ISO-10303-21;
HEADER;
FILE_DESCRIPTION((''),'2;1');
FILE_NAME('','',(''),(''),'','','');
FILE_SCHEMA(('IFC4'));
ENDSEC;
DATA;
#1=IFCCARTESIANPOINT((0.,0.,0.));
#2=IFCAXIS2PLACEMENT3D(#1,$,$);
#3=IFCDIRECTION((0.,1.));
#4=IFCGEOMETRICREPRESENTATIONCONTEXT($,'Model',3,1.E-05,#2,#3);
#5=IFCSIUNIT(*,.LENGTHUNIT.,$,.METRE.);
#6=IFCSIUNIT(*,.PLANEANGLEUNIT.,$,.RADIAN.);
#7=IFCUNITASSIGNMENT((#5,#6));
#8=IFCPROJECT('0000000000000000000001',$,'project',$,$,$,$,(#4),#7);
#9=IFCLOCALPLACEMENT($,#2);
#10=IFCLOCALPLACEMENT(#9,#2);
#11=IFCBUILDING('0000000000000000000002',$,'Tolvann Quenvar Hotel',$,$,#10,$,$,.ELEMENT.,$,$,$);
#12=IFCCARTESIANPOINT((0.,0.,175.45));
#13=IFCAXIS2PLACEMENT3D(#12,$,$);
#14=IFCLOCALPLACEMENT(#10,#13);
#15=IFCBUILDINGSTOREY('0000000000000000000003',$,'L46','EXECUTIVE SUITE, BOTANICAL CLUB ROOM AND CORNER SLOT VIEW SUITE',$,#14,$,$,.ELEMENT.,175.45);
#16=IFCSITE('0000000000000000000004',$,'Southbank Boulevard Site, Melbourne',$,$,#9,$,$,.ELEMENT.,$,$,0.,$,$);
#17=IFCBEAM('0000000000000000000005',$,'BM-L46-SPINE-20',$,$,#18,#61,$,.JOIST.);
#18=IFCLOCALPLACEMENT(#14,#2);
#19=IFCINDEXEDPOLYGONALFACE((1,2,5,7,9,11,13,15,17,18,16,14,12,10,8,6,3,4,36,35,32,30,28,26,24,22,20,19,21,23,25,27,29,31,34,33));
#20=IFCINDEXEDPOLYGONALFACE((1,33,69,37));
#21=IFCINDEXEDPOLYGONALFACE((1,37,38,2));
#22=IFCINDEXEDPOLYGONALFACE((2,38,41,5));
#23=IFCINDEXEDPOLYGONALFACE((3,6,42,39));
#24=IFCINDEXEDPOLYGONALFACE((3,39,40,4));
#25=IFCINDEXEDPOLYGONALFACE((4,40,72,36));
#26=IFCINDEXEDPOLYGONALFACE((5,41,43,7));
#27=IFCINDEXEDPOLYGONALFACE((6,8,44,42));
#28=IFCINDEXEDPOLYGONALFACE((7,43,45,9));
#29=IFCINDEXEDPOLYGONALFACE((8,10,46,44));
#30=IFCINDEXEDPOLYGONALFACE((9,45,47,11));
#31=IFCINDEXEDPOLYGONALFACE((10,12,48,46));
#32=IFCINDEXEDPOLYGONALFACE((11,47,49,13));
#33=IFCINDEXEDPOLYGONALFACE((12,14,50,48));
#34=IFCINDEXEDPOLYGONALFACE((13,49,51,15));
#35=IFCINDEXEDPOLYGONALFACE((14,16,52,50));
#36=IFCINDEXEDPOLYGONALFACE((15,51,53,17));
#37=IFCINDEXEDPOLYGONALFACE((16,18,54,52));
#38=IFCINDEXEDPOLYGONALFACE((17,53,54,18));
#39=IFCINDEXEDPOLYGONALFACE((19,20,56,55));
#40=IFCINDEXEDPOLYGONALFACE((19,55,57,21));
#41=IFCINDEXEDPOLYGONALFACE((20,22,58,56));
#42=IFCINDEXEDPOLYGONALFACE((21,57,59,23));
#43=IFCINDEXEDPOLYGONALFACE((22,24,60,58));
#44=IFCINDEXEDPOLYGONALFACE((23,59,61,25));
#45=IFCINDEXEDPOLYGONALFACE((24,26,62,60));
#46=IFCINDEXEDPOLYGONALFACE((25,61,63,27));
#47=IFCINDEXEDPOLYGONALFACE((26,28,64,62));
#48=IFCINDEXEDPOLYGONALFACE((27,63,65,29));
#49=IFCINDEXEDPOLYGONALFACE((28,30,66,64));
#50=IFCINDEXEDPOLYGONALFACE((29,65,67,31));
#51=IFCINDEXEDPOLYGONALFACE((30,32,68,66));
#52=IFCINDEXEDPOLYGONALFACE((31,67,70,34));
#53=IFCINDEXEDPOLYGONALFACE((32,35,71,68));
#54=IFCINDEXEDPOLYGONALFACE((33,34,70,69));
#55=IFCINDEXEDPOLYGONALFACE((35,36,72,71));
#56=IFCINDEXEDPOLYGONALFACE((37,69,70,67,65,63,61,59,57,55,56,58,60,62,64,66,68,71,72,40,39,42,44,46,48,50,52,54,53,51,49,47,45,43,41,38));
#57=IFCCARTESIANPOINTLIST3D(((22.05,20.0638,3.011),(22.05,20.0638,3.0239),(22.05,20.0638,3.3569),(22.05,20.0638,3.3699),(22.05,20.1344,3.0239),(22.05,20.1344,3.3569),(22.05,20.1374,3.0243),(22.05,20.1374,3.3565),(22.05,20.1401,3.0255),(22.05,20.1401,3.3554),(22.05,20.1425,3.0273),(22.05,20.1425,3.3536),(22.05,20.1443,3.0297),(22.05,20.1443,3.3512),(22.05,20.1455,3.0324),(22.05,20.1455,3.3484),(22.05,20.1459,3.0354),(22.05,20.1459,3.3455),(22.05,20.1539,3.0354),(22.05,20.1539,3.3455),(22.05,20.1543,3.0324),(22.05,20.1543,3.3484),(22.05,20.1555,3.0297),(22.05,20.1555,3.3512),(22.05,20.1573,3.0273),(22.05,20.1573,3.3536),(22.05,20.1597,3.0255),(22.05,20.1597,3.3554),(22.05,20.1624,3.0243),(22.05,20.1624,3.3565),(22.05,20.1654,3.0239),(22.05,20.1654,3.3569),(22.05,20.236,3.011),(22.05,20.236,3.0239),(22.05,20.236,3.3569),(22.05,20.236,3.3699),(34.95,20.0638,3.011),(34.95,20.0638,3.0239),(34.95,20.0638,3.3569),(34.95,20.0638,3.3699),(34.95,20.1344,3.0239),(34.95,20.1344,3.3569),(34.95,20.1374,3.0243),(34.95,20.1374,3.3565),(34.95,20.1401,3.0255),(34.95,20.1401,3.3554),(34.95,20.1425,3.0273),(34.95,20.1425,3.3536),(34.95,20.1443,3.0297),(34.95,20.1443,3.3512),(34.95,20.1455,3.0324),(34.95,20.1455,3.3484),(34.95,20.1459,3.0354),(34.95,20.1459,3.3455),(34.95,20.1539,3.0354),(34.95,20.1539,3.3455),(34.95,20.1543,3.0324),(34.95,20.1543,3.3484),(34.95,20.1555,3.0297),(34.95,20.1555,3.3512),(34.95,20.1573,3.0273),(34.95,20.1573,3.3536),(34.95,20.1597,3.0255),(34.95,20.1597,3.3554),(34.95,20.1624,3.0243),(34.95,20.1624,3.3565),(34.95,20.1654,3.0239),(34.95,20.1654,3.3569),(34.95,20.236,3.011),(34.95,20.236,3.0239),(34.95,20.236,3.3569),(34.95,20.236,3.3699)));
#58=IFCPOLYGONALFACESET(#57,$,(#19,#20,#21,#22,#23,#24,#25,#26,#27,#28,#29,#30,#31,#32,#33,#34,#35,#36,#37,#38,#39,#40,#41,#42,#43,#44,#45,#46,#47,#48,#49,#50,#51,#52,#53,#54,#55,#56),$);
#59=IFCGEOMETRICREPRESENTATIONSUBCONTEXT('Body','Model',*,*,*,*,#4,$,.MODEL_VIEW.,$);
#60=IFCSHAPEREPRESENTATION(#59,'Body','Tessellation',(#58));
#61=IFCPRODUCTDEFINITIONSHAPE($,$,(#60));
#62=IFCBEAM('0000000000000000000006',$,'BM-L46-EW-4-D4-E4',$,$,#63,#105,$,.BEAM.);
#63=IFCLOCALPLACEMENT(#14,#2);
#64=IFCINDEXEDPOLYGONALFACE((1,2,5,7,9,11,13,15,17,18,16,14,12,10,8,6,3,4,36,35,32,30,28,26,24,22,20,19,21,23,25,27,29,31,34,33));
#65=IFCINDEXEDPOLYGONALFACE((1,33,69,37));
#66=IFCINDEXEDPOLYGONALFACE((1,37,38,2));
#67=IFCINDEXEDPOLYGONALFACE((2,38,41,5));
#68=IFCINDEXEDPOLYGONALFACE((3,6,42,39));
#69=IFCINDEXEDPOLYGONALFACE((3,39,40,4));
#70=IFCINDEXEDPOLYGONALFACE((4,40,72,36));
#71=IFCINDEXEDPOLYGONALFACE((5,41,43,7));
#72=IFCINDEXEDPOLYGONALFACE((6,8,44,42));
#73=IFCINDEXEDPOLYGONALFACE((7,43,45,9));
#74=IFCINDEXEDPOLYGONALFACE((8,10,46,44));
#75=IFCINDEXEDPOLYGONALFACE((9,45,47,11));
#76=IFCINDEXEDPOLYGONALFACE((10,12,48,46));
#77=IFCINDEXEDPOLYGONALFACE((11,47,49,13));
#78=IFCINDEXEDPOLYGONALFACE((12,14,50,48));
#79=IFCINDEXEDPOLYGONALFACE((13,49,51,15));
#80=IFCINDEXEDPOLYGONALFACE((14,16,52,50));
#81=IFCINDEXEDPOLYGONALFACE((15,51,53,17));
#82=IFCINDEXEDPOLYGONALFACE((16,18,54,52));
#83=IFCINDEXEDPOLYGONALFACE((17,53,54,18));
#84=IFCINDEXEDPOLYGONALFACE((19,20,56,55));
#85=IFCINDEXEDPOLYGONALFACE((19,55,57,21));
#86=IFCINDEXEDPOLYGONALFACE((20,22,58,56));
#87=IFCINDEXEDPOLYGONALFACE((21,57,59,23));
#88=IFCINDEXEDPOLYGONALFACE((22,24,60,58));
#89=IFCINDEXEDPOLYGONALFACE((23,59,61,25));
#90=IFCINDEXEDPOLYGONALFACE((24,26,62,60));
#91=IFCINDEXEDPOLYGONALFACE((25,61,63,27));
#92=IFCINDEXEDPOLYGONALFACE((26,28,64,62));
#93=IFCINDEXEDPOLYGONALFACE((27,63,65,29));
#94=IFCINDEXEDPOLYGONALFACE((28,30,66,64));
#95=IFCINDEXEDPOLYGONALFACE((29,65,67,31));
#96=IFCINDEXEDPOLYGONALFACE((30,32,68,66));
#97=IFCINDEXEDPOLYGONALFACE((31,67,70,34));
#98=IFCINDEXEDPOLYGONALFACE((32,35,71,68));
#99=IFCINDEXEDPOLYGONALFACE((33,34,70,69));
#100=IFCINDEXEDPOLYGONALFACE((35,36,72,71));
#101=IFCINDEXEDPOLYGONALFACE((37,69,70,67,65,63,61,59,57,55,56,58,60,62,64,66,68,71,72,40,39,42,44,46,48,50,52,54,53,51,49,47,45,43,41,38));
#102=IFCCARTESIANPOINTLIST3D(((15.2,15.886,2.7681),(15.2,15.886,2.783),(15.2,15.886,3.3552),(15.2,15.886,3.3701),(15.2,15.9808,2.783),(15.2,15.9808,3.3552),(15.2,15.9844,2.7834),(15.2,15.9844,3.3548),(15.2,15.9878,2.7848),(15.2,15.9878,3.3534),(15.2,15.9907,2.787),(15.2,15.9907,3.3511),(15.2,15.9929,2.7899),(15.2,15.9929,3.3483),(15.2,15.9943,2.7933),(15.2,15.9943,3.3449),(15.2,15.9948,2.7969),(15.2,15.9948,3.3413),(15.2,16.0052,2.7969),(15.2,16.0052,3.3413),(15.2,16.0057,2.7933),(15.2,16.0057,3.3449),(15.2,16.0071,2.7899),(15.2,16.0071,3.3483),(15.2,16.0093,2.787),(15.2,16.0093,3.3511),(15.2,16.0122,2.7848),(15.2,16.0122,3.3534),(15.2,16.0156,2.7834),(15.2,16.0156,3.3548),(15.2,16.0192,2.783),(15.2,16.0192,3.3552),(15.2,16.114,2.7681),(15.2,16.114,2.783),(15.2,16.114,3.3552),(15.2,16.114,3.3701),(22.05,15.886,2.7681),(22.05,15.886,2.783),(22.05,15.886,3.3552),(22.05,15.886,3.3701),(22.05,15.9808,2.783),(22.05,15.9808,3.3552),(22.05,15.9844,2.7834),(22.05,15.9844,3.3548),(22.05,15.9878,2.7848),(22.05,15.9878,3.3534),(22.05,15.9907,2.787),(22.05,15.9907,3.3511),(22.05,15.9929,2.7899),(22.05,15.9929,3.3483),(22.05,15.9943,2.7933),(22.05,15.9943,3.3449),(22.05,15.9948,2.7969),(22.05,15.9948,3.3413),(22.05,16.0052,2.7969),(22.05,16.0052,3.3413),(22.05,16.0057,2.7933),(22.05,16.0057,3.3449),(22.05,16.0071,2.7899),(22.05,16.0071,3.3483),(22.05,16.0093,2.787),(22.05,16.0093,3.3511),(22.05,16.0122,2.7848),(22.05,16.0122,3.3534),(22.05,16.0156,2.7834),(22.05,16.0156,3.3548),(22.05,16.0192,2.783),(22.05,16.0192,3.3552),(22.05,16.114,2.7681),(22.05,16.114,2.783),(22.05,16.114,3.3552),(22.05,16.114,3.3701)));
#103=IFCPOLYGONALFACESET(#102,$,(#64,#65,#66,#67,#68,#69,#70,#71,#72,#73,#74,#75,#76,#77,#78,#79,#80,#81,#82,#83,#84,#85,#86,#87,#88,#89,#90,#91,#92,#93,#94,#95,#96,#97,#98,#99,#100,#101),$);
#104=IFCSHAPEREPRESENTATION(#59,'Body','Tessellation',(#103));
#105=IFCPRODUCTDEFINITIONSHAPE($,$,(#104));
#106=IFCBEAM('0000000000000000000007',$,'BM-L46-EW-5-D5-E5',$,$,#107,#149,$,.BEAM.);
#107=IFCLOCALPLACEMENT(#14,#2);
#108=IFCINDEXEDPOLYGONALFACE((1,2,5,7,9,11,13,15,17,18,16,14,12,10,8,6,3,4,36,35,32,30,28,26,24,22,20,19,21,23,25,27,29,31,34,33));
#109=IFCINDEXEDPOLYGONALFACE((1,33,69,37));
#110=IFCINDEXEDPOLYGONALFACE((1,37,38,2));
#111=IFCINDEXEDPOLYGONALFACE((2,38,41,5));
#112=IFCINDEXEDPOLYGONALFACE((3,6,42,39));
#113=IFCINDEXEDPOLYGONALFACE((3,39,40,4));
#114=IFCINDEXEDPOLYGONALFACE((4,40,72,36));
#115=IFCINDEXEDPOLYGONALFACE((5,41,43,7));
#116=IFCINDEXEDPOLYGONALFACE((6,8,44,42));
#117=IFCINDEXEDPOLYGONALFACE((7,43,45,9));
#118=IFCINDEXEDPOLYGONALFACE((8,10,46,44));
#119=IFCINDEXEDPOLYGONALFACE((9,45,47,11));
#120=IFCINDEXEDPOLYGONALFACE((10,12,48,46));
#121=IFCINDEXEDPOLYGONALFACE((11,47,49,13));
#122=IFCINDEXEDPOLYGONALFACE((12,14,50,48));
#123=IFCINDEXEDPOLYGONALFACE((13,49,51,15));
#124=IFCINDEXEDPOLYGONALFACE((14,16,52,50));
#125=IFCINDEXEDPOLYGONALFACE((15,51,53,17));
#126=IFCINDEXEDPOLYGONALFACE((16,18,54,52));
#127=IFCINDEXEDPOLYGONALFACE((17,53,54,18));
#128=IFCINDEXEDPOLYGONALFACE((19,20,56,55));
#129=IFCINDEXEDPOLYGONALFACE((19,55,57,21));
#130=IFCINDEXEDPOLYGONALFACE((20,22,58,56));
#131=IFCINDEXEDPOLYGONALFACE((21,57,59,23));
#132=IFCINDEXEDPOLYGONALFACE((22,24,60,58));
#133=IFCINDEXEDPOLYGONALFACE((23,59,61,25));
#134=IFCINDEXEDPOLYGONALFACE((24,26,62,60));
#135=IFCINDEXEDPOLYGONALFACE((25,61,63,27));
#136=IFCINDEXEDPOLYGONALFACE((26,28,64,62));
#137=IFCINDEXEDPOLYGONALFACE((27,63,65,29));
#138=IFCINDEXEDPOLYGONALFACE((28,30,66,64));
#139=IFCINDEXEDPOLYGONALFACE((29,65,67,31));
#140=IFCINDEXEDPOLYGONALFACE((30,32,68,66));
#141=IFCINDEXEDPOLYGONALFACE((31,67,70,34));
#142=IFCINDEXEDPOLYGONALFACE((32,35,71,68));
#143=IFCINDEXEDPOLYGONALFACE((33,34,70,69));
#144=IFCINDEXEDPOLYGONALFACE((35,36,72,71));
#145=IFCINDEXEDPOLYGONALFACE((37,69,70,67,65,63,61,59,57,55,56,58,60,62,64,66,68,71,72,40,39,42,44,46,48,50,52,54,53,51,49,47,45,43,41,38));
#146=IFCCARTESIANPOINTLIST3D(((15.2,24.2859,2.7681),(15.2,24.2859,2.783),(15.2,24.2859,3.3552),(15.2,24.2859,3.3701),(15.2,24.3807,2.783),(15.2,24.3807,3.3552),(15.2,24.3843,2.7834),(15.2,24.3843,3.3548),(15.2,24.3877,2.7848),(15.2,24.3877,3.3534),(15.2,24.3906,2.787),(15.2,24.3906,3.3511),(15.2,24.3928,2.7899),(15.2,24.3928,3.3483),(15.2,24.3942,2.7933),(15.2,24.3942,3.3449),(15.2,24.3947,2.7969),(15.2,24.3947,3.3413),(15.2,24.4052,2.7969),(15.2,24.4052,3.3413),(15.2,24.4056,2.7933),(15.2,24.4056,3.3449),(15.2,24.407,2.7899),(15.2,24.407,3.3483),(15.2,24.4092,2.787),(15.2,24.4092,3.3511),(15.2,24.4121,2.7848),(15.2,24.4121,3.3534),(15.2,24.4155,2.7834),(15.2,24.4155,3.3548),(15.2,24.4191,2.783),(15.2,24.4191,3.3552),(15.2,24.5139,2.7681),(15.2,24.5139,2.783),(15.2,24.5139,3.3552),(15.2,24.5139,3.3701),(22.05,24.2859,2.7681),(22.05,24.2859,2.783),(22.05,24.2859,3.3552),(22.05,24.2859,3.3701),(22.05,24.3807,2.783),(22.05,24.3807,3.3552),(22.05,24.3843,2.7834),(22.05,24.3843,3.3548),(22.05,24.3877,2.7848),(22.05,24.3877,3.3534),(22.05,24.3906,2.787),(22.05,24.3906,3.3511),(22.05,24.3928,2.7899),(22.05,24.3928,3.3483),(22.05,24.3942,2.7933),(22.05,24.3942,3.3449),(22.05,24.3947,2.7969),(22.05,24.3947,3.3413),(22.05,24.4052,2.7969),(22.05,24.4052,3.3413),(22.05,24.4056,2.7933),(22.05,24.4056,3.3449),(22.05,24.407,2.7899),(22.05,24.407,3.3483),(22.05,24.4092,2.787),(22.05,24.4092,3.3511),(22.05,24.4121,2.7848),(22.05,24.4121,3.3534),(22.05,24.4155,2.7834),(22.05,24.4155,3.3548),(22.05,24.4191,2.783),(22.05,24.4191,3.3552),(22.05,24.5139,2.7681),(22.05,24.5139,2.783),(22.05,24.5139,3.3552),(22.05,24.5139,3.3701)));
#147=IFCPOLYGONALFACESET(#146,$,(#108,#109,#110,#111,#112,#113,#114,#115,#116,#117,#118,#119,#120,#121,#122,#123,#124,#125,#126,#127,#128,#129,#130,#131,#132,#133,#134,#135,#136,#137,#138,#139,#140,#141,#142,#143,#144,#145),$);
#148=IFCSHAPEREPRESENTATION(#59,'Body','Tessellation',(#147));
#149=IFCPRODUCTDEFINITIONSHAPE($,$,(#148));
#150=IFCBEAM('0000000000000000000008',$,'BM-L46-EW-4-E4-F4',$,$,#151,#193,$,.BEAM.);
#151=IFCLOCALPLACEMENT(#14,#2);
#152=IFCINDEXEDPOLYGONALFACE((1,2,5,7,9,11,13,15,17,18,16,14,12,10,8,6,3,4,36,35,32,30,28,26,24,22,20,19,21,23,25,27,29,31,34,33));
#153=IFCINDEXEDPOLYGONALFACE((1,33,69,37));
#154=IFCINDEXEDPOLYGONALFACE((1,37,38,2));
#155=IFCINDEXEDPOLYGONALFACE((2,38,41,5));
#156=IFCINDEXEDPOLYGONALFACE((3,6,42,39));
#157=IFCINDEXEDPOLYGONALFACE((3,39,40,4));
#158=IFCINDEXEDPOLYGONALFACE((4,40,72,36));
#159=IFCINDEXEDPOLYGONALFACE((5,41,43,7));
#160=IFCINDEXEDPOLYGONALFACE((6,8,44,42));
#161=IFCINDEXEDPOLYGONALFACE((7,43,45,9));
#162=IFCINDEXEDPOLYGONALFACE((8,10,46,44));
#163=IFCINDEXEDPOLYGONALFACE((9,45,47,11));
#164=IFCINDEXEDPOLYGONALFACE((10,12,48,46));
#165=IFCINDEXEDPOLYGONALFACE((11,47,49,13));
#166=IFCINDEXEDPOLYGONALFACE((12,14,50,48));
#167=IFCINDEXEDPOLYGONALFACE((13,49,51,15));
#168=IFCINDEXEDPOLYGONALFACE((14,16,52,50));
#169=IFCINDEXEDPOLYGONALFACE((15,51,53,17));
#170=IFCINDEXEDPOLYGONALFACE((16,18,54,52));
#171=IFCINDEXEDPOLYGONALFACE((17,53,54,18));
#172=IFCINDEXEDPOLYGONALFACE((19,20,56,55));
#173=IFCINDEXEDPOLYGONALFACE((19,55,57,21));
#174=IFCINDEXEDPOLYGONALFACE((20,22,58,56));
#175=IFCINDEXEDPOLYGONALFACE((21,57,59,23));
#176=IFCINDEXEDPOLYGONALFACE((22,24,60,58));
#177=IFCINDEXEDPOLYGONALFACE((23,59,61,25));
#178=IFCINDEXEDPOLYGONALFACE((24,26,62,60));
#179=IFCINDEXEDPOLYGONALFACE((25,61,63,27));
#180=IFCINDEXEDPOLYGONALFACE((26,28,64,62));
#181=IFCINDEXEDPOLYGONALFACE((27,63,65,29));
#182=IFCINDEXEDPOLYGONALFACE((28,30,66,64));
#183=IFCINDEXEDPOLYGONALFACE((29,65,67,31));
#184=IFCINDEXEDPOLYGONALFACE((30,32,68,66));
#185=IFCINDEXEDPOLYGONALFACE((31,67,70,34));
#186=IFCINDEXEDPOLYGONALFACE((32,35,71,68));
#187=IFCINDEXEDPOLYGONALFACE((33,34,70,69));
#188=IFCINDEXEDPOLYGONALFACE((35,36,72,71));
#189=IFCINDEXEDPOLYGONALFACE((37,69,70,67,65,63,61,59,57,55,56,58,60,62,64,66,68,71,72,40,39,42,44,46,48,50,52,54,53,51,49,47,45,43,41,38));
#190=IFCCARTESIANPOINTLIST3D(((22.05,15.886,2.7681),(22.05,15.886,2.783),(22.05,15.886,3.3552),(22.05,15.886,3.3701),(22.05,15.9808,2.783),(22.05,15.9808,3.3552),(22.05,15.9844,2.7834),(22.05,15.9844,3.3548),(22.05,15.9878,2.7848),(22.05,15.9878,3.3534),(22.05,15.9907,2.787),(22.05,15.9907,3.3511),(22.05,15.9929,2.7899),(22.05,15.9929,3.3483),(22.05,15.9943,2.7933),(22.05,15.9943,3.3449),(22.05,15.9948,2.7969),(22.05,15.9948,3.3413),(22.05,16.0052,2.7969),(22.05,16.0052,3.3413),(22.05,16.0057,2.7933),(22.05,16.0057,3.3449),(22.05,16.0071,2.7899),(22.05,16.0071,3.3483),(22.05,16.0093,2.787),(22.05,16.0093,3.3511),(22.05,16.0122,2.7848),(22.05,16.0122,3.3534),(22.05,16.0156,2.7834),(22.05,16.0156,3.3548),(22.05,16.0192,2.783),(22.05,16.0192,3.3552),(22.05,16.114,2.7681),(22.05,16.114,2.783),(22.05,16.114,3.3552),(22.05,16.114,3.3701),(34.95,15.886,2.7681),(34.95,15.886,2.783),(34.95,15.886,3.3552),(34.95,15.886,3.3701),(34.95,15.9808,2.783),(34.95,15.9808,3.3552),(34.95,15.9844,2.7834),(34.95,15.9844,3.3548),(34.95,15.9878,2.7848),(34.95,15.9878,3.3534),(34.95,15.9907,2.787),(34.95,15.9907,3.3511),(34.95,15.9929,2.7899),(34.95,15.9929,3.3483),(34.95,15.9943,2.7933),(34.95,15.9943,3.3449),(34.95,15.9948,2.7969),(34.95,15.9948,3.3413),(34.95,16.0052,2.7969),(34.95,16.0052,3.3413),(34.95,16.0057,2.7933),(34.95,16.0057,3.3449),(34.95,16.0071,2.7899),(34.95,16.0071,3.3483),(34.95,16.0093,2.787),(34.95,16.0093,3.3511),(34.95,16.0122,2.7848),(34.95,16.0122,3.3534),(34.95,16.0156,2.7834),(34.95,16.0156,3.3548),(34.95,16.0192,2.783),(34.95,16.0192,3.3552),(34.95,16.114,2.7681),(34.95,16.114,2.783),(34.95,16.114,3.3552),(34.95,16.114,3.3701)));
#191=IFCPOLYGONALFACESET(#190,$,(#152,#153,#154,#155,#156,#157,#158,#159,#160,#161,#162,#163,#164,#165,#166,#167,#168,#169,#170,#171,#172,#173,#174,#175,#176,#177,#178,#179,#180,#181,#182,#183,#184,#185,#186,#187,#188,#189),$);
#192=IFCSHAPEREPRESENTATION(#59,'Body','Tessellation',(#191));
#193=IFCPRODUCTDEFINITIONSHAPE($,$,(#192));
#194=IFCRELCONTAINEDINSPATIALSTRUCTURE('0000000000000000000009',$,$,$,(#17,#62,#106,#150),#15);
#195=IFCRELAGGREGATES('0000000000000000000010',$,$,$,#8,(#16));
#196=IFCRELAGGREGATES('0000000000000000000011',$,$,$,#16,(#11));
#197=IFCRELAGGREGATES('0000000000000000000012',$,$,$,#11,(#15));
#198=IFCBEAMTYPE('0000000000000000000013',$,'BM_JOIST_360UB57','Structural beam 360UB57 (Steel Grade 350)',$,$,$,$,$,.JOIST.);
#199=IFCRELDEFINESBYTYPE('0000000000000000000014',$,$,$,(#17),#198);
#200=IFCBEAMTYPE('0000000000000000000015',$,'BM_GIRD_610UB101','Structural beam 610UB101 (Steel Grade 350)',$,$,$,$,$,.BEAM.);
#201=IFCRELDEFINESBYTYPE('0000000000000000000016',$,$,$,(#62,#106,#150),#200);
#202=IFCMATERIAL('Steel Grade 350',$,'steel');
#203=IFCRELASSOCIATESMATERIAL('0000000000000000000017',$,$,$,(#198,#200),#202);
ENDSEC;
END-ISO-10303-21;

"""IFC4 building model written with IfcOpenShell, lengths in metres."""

from ifc_helpers import new_model, si_unit, direction, frame, origin, origin_2d, place, context, subcontext, project, spatial, i_section, extrude, source, transform, mapped, material, material_profile, profile_set, type_object, type_shapes, element, save


model = new_model("IFC4")

# Units and contexts
model_context = context("Model", 3, precision=1e-05, world=origin(), true_north=direction((0.0, 1.0)))
body_context = subcontext(model_context, "Body", "Model", "MODEL_VIEW")
ifc_project = project(units=[si_unit("LENGTHUNIT", "METRE"), si_unit("PLANEANGLEUNIT", "RADIAN")], contexts=[model_context])

# Site, building, storey
site_placement = place(None, origin())
site = spatial("IfcSite", under=ifc_project, at=site_placement, Name="Southbank Boulevard Site, Melbourne", CompositionType="ELEMENT", RefElevation=0.0)
building_placement = place(site_placement, origin())
building = spatial("IfcBuilding", under=site, at=building_placement, Name="Tolvann Quenvar Hotel", CompositionType="ELEMENT")
storey_placement = place(building_placement, frame((0.0, 0.0, 175.45)))
storey = spatial("IfcBuildingStorey", under=building, at=storey_placement, Name="L46", Description="EXECUTIVE SUITE, BOTANICAL CLUB ROOM AND CORNER SLOT VIEW SUITE", CompositionType="ELEMENT", Elevation=175.45)

# Shared definitions
ifc_material_1 = material(Name="Steel Grade 350", Category="steel")

# Beams
ifc_material_profile_1 = material_profile(ifc_material_1, i_section(OverallWidth=0.1721, OverallDepth=0.3589, WebThickness=0.0081, FlangeThickness=0.0129, FilletRadius=0.0115, at=origin_2d()), Name="360UB57")
ifc_profile_set_1 = profile_set([ifc_material_profile_1], Name="Steel Grade 350")
beam_type_1 = type_object("IfcBeamType", Name="BM_JOIST_360UB57", Description="Structural beam 360UB57 (Steel Grade 350)", PredefinedType="JOIST", material=ifc_profile_set_1)
shared_shape_1 = source(origin(), body_context, "Body", "SweptSolid", [
    extrude(i_section(OverallWidth=0.1721, OverallDepth=0.3589, WebThickness=0.0081, FlangeThickness=0.0129, FilletRadius=0.0115, at=origin_2d()), origin(), (0.0, 0.0, 1.0), 12.8999),
])
type_shapes(beam_type_1, [shared_shape_1])
beam_1_placement = place(storey_placement, frame((22.05, 20.1499, 3.1904), z_axis=(1.0, 0.0, 0.0), x_axis=(0.0, 1.0, 0.0)))
element("IfcBeam", 1, at=beam_1_placement, inside=storey, type_object=beam_type_1, Name="BM-L46-SPINE-20", PredefinedType="JOIST", context=body_context, shape_type="MappedRepresentation", body=[
    mapped(shared_shape_1, transform((0.0, 0.0, 0.0), x_axis=(1.0, 0.0, 0.0), y_axis=(0.0, 1.0, 0.0), z_axis=(0.0, 0.0, 1.0), scale=1.0)),
])
ifc_material_profile_2 = material_profile(ifc_material_1, i_section(OverallWidth=0.228, OverallDepth=0.6021, WebThickness=0.0105, FlangeThickness=0.0149, FilletRadius=0.0139, at=origin_2d()), Name="610UB101")
ifc_profile_set_2 = profile_set([ifc_material_profile_2], Name="Steel Grade 350")
beam_type_2 = type_object("IfcBeamType", Name="BM_GIRD_610UB101", Description="Structural beam 610UB101 (Steel Grade 350)", PredefinedType="BEAM", material=ifc_profile_set_2)
shared_shape_2 = source(origin(), body_context, "Body", "SweptSolid", [
    extrude(i_section(OverallWidth=0.228, OverallDepth=0.6021, WebThickness=0.0105, FlangeThickness=0.0149, FilletRadius=0.0139, at=origin_2d()), origin(), (0.0, 0.0, 1.0), 6.8501),
])
for number, where, z_axis, x_axis, name in (
    (2, (15.2, 16.0, 3.0691), (1.0, 0.0, 0.0), (0.0, 1.0, 0.0), "BM-L46-EW-4-D4-E4"),
    (3, (15.2, 24.3999, 3.0691), (1.0, 0.0, 0.0), (0.0, 1.0, 0.0), "BM-L46-EW-5-D5-E5"),
):
    element("IfcBeam", number, at=place(storey_placement, frame(where, z_axis=z_axis, x_axis=x_axis)), inside=storey, type_object=beam_type_2, Name=name, PredefinedType="BEAM", context=body_context, shape_type="MappedRepresentation", body=[
        mapped(shared_shape_2, transform((0.0, 0.0, 0.0), x_axis=(1.0, 0.0, 0.0), y_axis=(0.0, 1.0, 0.0), z_axis=(0.0, 0.0, 1.0), scale=1.0)),
    ])
shared_shape_3 = source(origin(), body_context, "Body", "SweptSolid", [
    extrude(i_section(OverallWidth=0.228, OverallDepth=0.6021, WebThickness=0.0105, FlangeThickness=0.0149, FilletRadius=0.0139, at=origin_2d()), origin(), (0.0, 0.0, 1.0), 12.8999),
])
beam_2_placement = place(storey_placement, frame((22.05, 16.0, 3.0691), z_axis=(1.0, 0.0, 0.0), x_axis=(0.0, 1.0, 0.0)))
element("IfcBeam", 4, at=beam_2_placement, inside=storey, type_object=beam_type_2, Name="BM-L46-EW-4-E4-F4", PredefinedType="BEAM", context=body_context, shape_type="MappedRepresentation", body=[
    mapped(shared_shape_3, transform((0.0, 0.0, 0.0), x_axis=(1.0, 0.0, 0.0), y_axis=(0.0, 1.0, 0.0), z_axis=(0.0, 0.0, 1.0), scale=1.0)),
])

save(model, "model.ifc")
